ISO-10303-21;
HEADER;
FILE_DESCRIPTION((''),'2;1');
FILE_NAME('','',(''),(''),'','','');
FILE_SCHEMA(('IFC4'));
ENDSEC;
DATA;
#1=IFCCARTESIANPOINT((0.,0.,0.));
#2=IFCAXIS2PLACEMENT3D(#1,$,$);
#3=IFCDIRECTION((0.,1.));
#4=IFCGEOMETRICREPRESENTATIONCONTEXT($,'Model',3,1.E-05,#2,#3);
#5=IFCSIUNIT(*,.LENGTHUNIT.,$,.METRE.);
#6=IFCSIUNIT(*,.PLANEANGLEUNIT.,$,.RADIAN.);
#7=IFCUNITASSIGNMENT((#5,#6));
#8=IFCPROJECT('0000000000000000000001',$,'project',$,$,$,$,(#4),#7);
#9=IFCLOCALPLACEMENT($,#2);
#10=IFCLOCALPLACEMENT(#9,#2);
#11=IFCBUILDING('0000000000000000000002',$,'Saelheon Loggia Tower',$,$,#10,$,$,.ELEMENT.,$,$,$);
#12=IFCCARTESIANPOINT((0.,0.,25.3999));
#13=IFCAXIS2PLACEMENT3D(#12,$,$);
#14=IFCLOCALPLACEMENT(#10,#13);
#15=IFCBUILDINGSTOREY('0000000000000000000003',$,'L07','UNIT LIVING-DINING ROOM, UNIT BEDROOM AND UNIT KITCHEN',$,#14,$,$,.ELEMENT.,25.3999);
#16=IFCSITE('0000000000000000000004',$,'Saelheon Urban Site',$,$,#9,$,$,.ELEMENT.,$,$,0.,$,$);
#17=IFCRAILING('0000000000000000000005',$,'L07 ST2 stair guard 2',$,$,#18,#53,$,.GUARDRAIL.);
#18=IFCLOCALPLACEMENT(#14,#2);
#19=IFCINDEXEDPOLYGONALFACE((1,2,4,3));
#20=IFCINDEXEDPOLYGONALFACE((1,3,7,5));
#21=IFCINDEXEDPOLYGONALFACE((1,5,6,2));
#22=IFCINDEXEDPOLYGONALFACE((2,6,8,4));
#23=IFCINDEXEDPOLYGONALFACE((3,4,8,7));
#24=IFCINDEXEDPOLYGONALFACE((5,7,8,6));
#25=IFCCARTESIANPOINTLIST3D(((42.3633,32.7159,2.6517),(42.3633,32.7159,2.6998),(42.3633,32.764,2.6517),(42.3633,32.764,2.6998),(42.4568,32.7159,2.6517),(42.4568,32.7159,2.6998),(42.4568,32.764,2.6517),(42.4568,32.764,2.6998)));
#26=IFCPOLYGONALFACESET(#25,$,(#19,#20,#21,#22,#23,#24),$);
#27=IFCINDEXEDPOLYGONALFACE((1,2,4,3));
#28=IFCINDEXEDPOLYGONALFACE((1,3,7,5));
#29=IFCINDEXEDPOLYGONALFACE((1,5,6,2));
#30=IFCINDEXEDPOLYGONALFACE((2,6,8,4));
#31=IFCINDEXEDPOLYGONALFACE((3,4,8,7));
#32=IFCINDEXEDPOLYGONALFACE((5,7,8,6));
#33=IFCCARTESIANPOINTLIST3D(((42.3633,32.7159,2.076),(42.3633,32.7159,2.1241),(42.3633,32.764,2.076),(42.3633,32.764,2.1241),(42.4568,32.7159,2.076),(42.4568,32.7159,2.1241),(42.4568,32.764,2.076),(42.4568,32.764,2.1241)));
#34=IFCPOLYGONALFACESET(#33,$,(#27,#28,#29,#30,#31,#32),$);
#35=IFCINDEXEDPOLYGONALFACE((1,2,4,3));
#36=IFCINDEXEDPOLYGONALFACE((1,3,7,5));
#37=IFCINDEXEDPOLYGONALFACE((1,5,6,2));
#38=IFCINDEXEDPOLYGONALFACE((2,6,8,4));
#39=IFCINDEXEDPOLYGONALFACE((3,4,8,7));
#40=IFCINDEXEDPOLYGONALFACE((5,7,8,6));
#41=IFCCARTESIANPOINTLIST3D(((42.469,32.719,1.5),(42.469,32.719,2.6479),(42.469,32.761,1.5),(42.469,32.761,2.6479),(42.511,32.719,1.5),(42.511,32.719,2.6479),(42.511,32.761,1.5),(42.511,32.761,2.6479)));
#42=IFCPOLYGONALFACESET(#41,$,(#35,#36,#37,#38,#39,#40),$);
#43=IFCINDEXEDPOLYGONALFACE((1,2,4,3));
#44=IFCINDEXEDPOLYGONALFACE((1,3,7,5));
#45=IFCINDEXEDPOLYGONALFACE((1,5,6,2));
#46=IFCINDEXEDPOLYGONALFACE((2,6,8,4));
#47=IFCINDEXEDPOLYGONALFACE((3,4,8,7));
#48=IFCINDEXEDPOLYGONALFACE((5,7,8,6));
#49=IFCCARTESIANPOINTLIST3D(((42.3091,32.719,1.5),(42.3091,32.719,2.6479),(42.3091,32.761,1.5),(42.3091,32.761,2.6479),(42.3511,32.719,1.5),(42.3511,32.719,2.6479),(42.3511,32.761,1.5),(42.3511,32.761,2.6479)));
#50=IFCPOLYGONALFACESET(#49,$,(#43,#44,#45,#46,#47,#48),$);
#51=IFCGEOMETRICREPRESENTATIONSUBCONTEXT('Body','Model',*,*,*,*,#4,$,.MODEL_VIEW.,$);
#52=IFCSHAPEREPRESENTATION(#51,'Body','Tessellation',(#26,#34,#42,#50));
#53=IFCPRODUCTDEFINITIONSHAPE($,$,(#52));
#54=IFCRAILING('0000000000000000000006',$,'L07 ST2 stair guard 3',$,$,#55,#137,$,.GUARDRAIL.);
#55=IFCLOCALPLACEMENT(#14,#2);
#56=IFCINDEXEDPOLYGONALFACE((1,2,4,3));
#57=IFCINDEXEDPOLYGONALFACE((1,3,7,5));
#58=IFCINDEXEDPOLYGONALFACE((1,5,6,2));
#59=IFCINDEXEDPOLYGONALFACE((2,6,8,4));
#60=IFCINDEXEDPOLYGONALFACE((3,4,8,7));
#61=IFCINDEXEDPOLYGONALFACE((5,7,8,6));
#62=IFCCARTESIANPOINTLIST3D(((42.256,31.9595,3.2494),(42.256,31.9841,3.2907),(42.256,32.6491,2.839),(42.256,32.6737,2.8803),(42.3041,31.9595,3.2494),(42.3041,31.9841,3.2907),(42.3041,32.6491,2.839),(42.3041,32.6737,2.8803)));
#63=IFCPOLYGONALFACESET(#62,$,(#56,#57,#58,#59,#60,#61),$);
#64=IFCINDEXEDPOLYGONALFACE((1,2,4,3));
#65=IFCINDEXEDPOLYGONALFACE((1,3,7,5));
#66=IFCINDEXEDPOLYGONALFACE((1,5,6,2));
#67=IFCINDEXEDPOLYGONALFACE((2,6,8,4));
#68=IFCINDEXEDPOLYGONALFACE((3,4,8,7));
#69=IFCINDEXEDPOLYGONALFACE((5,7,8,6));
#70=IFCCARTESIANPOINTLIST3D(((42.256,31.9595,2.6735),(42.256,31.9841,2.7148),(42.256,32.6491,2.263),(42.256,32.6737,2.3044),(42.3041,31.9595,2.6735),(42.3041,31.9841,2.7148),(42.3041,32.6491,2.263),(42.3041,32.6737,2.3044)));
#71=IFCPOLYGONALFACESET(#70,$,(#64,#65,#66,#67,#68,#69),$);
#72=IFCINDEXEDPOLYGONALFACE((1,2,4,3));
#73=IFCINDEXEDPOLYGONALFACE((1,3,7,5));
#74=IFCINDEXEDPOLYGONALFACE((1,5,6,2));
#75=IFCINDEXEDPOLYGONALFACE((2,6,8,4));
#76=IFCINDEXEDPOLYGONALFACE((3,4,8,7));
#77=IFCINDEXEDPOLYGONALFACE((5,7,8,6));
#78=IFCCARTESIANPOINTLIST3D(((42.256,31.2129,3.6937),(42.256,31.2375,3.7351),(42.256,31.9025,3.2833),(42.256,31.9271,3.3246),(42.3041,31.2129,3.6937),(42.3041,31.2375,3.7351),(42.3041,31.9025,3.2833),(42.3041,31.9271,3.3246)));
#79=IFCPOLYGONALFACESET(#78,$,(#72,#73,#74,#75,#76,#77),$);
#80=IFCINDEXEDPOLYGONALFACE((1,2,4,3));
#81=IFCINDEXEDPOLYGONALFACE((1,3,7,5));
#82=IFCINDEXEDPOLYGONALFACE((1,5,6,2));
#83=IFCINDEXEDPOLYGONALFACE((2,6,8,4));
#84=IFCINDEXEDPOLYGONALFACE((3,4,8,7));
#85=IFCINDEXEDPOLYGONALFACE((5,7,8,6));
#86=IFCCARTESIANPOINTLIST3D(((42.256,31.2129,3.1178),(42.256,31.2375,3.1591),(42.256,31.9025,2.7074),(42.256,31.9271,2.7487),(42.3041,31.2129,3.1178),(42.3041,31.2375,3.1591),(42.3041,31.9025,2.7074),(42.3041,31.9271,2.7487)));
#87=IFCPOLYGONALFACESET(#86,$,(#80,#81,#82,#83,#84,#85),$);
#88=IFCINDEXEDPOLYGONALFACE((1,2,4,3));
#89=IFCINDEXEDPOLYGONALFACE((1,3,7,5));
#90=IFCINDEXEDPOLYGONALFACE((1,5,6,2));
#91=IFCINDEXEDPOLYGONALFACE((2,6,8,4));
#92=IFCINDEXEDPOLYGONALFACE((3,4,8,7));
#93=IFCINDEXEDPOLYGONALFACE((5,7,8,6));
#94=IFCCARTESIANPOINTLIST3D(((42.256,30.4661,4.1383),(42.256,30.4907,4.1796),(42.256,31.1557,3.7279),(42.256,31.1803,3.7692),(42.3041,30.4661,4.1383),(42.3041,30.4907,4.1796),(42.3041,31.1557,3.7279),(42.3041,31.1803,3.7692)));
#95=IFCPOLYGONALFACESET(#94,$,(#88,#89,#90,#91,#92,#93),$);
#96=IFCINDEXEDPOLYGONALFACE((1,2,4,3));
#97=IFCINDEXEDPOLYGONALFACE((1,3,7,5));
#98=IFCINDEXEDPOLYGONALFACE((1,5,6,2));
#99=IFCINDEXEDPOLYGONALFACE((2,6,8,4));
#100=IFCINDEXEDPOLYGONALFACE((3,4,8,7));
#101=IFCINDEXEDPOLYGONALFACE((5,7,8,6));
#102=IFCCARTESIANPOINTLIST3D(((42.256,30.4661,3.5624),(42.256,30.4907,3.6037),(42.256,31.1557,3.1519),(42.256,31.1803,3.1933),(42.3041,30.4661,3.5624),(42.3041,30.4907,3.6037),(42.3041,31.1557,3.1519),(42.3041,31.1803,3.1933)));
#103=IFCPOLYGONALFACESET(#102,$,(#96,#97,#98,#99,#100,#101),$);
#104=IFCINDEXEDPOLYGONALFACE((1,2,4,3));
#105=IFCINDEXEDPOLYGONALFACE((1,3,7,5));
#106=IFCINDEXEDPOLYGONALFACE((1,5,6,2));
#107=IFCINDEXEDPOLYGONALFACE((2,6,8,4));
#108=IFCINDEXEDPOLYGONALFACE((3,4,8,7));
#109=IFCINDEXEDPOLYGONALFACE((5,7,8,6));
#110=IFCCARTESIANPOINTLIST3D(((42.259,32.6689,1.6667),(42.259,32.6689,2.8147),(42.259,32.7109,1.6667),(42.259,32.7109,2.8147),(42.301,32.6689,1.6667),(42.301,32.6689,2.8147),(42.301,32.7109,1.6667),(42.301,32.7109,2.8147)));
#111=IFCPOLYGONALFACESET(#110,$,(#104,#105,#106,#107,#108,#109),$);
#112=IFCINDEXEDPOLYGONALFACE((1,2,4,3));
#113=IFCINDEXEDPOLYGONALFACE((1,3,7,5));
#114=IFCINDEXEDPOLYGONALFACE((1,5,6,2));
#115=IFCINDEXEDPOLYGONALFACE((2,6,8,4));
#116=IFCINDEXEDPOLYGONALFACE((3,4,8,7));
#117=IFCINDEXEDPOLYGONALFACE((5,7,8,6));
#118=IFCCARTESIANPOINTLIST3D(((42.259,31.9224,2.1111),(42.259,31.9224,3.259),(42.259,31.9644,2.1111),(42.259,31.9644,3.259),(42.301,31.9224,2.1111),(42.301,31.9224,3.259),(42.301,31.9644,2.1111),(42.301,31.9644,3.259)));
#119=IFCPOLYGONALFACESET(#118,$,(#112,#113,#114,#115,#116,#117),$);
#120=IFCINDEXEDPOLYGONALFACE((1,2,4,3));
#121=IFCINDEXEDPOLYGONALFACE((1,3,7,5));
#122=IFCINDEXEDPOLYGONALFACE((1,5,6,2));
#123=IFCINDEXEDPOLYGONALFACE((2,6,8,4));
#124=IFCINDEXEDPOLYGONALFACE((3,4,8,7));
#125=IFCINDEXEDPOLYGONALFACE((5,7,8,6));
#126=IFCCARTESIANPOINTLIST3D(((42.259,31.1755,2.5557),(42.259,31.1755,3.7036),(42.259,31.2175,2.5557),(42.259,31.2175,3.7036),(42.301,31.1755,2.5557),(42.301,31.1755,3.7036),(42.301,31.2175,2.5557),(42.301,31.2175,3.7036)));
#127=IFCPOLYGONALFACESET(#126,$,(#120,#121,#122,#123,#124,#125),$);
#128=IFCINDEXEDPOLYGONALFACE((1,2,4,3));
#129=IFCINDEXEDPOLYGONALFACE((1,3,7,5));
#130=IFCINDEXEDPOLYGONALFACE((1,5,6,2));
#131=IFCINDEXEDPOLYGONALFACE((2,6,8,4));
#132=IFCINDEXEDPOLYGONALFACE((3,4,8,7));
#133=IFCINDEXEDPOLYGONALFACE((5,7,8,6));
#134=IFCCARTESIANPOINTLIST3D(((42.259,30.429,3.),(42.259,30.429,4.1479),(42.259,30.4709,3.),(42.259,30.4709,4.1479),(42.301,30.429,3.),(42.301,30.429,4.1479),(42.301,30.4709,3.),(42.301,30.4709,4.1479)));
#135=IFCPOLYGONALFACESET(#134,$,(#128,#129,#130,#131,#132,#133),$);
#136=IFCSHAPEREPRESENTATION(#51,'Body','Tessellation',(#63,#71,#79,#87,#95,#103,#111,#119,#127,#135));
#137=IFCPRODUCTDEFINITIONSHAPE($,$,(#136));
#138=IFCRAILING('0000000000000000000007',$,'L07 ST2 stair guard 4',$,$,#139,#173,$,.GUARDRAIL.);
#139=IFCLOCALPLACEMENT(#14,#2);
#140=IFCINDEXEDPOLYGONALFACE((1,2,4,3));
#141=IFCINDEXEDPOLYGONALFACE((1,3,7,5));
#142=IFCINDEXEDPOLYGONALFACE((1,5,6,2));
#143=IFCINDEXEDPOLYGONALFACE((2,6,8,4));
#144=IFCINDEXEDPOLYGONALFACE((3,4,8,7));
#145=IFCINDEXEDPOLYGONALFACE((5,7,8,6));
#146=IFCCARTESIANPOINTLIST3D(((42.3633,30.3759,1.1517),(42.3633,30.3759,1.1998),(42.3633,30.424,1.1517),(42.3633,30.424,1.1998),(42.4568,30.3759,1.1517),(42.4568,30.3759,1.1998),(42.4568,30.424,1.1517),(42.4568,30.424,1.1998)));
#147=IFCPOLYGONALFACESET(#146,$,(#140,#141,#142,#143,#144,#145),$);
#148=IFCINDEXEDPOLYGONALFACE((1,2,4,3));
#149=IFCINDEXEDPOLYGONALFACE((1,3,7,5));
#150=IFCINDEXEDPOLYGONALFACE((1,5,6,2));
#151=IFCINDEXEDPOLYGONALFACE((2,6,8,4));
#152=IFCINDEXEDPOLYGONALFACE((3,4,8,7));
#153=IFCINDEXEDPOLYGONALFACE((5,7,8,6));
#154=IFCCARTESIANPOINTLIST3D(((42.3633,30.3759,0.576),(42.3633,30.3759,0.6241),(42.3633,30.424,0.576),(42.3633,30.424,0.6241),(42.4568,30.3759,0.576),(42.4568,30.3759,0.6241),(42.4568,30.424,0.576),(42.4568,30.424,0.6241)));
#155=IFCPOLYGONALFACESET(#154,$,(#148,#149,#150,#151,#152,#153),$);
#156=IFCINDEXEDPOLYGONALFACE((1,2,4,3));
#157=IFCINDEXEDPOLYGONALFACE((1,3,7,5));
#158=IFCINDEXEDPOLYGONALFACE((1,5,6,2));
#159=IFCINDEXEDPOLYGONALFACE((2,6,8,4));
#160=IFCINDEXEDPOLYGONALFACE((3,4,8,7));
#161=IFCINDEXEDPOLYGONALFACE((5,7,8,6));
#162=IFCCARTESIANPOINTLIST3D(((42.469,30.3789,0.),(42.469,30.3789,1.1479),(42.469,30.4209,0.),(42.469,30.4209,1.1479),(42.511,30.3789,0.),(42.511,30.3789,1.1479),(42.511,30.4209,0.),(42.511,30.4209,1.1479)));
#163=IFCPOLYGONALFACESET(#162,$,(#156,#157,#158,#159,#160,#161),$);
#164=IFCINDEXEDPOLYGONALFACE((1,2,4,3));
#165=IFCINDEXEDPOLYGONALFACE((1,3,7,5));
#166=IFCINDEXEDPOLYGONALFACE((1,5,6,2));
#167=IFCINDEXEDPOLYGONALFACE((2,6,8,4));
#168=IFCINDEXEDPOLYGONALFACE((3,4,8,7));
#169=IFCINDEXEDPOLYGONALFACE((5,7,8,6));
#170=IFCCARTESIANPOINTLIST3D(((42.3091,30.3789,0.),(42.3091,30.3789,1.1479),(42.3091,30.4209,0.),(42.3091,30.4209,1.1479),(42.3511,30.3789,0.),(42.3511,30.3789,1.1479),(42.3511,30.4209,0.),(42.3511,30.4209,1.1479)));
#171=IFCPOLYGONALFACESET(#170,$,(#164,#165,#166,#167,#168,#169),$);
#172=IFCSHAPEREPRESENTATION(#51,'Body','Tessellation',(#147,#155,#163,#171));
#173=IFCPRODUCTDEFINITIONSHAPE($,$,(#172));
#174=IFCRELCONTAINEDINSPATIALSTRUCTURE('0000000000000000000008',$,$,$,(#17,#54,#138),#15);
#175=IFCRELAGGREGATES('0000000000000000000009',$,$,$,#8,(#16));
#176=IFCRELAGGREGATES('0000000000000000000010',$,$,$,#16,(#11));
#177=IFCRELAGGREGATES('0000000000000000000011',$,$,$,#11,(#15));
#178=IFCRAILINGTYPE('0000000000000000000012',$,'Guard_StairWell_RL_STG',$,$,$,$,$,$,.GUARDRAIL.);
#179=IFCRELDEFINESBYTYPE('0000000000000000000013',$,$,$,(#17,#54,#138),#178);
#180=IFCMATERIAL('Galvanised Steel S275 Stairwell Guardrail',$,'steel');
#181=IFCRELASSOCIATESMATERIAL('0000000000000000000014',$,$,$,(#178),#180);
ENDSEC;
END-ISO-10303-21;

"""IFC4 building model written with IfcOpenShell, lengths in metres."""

from ifc_helpers import new_model, si_unit, direction, frame, origin, origin_2d, place, context, subcontext, project, spatial, rectangle, extrude, material, type_object, element, save


model = new_model("IFC4")

# Units and contexts
model_context = context("Model", 3, precision=1e-05, world=origin(), true_north=direction((0.0, 1.0)))
body_context = subcontext(model_context, "Body", "Model", "MODEL_VIEW")
ifc_project = project(units=[si_unit("LENGTHUNIT", "METRE"), si_unit("PLANEANGLEUNIT", "RADIAN")], contexts=[model_context])

# Site, building, storey
site_placement = place(None, origin())
site = spatial("IfcSite", under=ifc_project, at=site_placement, Name="Saelheon Urban Site", CompositionType="ELEMENT", RefElevation=0.0)
building_placement = place(site_placement, origin())
building = spatial("IfcBuilding", under=site, at=building_placement, Name="Saelheon Loggia Tower", CompositionType="ELEMENT")
storey_placement = place(building_placement, frame((0.0, 0.0, 25.3999)))
storey = spatial("IfcBuildingStorey", under=building, at=storey_placement, Name="L07", Description="UNIT LIVING-DINING ROOM, UNIT BEDROOM AND UNIT KITCHEN", CompositionType="ELEMENT", Elevation=25.3999)

# Railings
ifc_material_1 = material(Name="Galvanised Steel S275 Stairwell Guardrail", Category="steel")
railing_type_1 = type_object("IfcRailingType", Name="Guard_StairWell_RL_STG", PredefinedType="GUARDRAIL", material=ifc_material_1)
railing_1_placement = place(storey_placement, frame((42.49, 32.74, 1.5)))
element("IfcRailing", 1, at=railing_1_placement, inside=storey, type_object=railing_type_1, Name="L07 ST2 stair guard 2", PredefinedType="GUARDRAIL", context=body_context, shape_type="SweptSolid", body=[
    extrude(rectangle(XDim=0.0481, YDim=0.0481, at=origin_2d()), frame((-0.0332, 0.0, 1.1758), z_axis=(-1.0, 0.0, 0.0), x_axis=(0.0, -1.0, 0.0)), (0.0, 0.0, 1.0), 0.0935),
    extrude(rectangle(XDim=0.0481, YDim=0.0481, at=origin_2d()), frame((-0.0332, 0.0, 0.6001), z_axis=(-1.0, 0.0, 0.0), x_axis=(0.0, -1.0, 0.0)), (0.0, 0.0, 1.0), 0.0935),
    extrude(rectangle(XDim=0.042, YDim=0.042, at=origin_2d()), origin(), (0.0, 0.0, 1.0), 1.1479),
    extrude(rectangle(XDim=0.042, YDim=0.042, at=origin_2d()), frame((-0.1599, 0.0, 0.0)), (0.0, 0.0, 1.0), 1.1479),
])
railing_2_placement = place(storey_placement, frame((42.28, 32.6899, 1.6667)))
element("IfcRailing", 2, at=railing_2_placement, inside=storey, type_object=railing_type_1, Name="L07 ST2 stair guard 3", PredefinedType="GUARDRAIL", context=body_context, shape_type="SweptSolid", body=[
    extrude(rectangle(XDim=0.0481, YDim=0.0481, at=origin_2d()), frame((0.0, -0.0286, 1.1929), z_axis=(0.0, -0.859306, 0.511462), x_axis=(1.0, 0.0, 0.0)), (0.0, 0.0, 1.0), 0.8025),
    extrude(rectangle(XDim=0.0481, YDim=0.0481, at=origin_2d()), frame((0.0, -0.0286, 0.6169), z_axis=(0.0, -0.859306, 0.511462), x_axis=(1.0, 0.0, 0.0)), (0.0, 0.0, 1.0), 0.8025),
    extrude(rectangle(XDim=0.0481, YDim=0.0481, at=origin_2d()), frame((0.0, -0.7751, 1.6372), z_axis=(0.0, -0.859306, 0.511462), x_axis=(1.0, 0.0, 0.0)), (0.0, 0.0, 1.0), 0.8025),
    extrude(rectangle(XDim=0.0481, YDim=0.0481, at=origin_2d()), frame((0.0, -0.7751, 1.0613), z_axis=(0.0, -0.859306, 0.511462), x_axis=(1.0, 0.0, 0.0)), (0.0, 0.0, 1.0), 0.8025),
    extrude(rectangle(XDim=0.0481, YDim=0.0481, at=origin_2d()), frame((0.0, -1.522, 2.0818), z_axis=(0.0, -0.859306, 0.511462), x_axis=(1.0, 0.0, 0.0)), (0.0, 0.0, 1.0), 0.8025),
    extrude(rectangle(XDim=0.0481, YDim=0.0481, at=origin_2d()), frame((0.0, -1.522, 1.5059), z_axis=(0.0, -0.859306, 0.511462), x_axis=(1.0, 0.0, 0.0)), (0.0, 0.0, 1.0), 0.8025),
    extrude(rectangle(XDim=0.042, YDim=0.042, at=origin_2d()), origin(), (0.0, 0.0, 1.0), 1.1479),
    extrude(rectangle(XDim=0.042, YDim=0.042, at=origin_2d()), frame((0.0, -0.7466, 0.4443)), (0.0, 0.0, 1.0), 1.1479),
    extrude(rectangle(XDim=0.042, YDim=0.042, at=origin_2d()), frame((0.0, -1.4934, 0.8889)), (0.0, 0.0, 1.0), 1.1479),
    extrude(rectangle(XDim=0.042, YDim=0.042, at=origin_2d()), frame((0.0, -2.24, 1.3333)), (0.0, 0.0, 1.0), 1.1479),
])
railing_3_placement = place(storey_placement, frame((42.49, 30.3999, 0.0)))
element("IfcRailing", 3, at=railing_3_placement, inside=storey, type_object=railing_type_1, Name="L07 ST2 stair guard 4", PredefinedType="GUARDRAIL", context=body_context, shape_type="SweptSolid", body=[
    extrude(rectangle(XDim=0.0481, YDim=0.0481, at=origin_2d()), frame((-0.0332, 0.0, 1.1758), z_axis=(-1.0, 0.0, 0.0), x_axis=(0.0, -1.0, 0.0)), (0.0, 0.0, 1.0), 0.0935),
    extrude(rectangle(XDim=0.0481, YDim=0.0481, at=origin_2d()), frame((-0.0332, 0.0, 0.6001), z_axis=(-1.0, 0.0, 0.0), x_axis=(0.0, -1.0, 0.0)), (0.0, 0.0, 1.0), 0.0935),
    extrude(rectangle(XDim=0.042, YDim=0.042, at=origin_2d()), origin(), (0.0, 0.0, 1.0), 1.1479),
    extrude(rectangle(XDim=0.042, YDim=0.042, at=origin_2d()), frame((-0.1599, 0.0, 0.0)), (0.0, 0.0, 1.0), 1.1479),
])

save(model, "model.ifc")
